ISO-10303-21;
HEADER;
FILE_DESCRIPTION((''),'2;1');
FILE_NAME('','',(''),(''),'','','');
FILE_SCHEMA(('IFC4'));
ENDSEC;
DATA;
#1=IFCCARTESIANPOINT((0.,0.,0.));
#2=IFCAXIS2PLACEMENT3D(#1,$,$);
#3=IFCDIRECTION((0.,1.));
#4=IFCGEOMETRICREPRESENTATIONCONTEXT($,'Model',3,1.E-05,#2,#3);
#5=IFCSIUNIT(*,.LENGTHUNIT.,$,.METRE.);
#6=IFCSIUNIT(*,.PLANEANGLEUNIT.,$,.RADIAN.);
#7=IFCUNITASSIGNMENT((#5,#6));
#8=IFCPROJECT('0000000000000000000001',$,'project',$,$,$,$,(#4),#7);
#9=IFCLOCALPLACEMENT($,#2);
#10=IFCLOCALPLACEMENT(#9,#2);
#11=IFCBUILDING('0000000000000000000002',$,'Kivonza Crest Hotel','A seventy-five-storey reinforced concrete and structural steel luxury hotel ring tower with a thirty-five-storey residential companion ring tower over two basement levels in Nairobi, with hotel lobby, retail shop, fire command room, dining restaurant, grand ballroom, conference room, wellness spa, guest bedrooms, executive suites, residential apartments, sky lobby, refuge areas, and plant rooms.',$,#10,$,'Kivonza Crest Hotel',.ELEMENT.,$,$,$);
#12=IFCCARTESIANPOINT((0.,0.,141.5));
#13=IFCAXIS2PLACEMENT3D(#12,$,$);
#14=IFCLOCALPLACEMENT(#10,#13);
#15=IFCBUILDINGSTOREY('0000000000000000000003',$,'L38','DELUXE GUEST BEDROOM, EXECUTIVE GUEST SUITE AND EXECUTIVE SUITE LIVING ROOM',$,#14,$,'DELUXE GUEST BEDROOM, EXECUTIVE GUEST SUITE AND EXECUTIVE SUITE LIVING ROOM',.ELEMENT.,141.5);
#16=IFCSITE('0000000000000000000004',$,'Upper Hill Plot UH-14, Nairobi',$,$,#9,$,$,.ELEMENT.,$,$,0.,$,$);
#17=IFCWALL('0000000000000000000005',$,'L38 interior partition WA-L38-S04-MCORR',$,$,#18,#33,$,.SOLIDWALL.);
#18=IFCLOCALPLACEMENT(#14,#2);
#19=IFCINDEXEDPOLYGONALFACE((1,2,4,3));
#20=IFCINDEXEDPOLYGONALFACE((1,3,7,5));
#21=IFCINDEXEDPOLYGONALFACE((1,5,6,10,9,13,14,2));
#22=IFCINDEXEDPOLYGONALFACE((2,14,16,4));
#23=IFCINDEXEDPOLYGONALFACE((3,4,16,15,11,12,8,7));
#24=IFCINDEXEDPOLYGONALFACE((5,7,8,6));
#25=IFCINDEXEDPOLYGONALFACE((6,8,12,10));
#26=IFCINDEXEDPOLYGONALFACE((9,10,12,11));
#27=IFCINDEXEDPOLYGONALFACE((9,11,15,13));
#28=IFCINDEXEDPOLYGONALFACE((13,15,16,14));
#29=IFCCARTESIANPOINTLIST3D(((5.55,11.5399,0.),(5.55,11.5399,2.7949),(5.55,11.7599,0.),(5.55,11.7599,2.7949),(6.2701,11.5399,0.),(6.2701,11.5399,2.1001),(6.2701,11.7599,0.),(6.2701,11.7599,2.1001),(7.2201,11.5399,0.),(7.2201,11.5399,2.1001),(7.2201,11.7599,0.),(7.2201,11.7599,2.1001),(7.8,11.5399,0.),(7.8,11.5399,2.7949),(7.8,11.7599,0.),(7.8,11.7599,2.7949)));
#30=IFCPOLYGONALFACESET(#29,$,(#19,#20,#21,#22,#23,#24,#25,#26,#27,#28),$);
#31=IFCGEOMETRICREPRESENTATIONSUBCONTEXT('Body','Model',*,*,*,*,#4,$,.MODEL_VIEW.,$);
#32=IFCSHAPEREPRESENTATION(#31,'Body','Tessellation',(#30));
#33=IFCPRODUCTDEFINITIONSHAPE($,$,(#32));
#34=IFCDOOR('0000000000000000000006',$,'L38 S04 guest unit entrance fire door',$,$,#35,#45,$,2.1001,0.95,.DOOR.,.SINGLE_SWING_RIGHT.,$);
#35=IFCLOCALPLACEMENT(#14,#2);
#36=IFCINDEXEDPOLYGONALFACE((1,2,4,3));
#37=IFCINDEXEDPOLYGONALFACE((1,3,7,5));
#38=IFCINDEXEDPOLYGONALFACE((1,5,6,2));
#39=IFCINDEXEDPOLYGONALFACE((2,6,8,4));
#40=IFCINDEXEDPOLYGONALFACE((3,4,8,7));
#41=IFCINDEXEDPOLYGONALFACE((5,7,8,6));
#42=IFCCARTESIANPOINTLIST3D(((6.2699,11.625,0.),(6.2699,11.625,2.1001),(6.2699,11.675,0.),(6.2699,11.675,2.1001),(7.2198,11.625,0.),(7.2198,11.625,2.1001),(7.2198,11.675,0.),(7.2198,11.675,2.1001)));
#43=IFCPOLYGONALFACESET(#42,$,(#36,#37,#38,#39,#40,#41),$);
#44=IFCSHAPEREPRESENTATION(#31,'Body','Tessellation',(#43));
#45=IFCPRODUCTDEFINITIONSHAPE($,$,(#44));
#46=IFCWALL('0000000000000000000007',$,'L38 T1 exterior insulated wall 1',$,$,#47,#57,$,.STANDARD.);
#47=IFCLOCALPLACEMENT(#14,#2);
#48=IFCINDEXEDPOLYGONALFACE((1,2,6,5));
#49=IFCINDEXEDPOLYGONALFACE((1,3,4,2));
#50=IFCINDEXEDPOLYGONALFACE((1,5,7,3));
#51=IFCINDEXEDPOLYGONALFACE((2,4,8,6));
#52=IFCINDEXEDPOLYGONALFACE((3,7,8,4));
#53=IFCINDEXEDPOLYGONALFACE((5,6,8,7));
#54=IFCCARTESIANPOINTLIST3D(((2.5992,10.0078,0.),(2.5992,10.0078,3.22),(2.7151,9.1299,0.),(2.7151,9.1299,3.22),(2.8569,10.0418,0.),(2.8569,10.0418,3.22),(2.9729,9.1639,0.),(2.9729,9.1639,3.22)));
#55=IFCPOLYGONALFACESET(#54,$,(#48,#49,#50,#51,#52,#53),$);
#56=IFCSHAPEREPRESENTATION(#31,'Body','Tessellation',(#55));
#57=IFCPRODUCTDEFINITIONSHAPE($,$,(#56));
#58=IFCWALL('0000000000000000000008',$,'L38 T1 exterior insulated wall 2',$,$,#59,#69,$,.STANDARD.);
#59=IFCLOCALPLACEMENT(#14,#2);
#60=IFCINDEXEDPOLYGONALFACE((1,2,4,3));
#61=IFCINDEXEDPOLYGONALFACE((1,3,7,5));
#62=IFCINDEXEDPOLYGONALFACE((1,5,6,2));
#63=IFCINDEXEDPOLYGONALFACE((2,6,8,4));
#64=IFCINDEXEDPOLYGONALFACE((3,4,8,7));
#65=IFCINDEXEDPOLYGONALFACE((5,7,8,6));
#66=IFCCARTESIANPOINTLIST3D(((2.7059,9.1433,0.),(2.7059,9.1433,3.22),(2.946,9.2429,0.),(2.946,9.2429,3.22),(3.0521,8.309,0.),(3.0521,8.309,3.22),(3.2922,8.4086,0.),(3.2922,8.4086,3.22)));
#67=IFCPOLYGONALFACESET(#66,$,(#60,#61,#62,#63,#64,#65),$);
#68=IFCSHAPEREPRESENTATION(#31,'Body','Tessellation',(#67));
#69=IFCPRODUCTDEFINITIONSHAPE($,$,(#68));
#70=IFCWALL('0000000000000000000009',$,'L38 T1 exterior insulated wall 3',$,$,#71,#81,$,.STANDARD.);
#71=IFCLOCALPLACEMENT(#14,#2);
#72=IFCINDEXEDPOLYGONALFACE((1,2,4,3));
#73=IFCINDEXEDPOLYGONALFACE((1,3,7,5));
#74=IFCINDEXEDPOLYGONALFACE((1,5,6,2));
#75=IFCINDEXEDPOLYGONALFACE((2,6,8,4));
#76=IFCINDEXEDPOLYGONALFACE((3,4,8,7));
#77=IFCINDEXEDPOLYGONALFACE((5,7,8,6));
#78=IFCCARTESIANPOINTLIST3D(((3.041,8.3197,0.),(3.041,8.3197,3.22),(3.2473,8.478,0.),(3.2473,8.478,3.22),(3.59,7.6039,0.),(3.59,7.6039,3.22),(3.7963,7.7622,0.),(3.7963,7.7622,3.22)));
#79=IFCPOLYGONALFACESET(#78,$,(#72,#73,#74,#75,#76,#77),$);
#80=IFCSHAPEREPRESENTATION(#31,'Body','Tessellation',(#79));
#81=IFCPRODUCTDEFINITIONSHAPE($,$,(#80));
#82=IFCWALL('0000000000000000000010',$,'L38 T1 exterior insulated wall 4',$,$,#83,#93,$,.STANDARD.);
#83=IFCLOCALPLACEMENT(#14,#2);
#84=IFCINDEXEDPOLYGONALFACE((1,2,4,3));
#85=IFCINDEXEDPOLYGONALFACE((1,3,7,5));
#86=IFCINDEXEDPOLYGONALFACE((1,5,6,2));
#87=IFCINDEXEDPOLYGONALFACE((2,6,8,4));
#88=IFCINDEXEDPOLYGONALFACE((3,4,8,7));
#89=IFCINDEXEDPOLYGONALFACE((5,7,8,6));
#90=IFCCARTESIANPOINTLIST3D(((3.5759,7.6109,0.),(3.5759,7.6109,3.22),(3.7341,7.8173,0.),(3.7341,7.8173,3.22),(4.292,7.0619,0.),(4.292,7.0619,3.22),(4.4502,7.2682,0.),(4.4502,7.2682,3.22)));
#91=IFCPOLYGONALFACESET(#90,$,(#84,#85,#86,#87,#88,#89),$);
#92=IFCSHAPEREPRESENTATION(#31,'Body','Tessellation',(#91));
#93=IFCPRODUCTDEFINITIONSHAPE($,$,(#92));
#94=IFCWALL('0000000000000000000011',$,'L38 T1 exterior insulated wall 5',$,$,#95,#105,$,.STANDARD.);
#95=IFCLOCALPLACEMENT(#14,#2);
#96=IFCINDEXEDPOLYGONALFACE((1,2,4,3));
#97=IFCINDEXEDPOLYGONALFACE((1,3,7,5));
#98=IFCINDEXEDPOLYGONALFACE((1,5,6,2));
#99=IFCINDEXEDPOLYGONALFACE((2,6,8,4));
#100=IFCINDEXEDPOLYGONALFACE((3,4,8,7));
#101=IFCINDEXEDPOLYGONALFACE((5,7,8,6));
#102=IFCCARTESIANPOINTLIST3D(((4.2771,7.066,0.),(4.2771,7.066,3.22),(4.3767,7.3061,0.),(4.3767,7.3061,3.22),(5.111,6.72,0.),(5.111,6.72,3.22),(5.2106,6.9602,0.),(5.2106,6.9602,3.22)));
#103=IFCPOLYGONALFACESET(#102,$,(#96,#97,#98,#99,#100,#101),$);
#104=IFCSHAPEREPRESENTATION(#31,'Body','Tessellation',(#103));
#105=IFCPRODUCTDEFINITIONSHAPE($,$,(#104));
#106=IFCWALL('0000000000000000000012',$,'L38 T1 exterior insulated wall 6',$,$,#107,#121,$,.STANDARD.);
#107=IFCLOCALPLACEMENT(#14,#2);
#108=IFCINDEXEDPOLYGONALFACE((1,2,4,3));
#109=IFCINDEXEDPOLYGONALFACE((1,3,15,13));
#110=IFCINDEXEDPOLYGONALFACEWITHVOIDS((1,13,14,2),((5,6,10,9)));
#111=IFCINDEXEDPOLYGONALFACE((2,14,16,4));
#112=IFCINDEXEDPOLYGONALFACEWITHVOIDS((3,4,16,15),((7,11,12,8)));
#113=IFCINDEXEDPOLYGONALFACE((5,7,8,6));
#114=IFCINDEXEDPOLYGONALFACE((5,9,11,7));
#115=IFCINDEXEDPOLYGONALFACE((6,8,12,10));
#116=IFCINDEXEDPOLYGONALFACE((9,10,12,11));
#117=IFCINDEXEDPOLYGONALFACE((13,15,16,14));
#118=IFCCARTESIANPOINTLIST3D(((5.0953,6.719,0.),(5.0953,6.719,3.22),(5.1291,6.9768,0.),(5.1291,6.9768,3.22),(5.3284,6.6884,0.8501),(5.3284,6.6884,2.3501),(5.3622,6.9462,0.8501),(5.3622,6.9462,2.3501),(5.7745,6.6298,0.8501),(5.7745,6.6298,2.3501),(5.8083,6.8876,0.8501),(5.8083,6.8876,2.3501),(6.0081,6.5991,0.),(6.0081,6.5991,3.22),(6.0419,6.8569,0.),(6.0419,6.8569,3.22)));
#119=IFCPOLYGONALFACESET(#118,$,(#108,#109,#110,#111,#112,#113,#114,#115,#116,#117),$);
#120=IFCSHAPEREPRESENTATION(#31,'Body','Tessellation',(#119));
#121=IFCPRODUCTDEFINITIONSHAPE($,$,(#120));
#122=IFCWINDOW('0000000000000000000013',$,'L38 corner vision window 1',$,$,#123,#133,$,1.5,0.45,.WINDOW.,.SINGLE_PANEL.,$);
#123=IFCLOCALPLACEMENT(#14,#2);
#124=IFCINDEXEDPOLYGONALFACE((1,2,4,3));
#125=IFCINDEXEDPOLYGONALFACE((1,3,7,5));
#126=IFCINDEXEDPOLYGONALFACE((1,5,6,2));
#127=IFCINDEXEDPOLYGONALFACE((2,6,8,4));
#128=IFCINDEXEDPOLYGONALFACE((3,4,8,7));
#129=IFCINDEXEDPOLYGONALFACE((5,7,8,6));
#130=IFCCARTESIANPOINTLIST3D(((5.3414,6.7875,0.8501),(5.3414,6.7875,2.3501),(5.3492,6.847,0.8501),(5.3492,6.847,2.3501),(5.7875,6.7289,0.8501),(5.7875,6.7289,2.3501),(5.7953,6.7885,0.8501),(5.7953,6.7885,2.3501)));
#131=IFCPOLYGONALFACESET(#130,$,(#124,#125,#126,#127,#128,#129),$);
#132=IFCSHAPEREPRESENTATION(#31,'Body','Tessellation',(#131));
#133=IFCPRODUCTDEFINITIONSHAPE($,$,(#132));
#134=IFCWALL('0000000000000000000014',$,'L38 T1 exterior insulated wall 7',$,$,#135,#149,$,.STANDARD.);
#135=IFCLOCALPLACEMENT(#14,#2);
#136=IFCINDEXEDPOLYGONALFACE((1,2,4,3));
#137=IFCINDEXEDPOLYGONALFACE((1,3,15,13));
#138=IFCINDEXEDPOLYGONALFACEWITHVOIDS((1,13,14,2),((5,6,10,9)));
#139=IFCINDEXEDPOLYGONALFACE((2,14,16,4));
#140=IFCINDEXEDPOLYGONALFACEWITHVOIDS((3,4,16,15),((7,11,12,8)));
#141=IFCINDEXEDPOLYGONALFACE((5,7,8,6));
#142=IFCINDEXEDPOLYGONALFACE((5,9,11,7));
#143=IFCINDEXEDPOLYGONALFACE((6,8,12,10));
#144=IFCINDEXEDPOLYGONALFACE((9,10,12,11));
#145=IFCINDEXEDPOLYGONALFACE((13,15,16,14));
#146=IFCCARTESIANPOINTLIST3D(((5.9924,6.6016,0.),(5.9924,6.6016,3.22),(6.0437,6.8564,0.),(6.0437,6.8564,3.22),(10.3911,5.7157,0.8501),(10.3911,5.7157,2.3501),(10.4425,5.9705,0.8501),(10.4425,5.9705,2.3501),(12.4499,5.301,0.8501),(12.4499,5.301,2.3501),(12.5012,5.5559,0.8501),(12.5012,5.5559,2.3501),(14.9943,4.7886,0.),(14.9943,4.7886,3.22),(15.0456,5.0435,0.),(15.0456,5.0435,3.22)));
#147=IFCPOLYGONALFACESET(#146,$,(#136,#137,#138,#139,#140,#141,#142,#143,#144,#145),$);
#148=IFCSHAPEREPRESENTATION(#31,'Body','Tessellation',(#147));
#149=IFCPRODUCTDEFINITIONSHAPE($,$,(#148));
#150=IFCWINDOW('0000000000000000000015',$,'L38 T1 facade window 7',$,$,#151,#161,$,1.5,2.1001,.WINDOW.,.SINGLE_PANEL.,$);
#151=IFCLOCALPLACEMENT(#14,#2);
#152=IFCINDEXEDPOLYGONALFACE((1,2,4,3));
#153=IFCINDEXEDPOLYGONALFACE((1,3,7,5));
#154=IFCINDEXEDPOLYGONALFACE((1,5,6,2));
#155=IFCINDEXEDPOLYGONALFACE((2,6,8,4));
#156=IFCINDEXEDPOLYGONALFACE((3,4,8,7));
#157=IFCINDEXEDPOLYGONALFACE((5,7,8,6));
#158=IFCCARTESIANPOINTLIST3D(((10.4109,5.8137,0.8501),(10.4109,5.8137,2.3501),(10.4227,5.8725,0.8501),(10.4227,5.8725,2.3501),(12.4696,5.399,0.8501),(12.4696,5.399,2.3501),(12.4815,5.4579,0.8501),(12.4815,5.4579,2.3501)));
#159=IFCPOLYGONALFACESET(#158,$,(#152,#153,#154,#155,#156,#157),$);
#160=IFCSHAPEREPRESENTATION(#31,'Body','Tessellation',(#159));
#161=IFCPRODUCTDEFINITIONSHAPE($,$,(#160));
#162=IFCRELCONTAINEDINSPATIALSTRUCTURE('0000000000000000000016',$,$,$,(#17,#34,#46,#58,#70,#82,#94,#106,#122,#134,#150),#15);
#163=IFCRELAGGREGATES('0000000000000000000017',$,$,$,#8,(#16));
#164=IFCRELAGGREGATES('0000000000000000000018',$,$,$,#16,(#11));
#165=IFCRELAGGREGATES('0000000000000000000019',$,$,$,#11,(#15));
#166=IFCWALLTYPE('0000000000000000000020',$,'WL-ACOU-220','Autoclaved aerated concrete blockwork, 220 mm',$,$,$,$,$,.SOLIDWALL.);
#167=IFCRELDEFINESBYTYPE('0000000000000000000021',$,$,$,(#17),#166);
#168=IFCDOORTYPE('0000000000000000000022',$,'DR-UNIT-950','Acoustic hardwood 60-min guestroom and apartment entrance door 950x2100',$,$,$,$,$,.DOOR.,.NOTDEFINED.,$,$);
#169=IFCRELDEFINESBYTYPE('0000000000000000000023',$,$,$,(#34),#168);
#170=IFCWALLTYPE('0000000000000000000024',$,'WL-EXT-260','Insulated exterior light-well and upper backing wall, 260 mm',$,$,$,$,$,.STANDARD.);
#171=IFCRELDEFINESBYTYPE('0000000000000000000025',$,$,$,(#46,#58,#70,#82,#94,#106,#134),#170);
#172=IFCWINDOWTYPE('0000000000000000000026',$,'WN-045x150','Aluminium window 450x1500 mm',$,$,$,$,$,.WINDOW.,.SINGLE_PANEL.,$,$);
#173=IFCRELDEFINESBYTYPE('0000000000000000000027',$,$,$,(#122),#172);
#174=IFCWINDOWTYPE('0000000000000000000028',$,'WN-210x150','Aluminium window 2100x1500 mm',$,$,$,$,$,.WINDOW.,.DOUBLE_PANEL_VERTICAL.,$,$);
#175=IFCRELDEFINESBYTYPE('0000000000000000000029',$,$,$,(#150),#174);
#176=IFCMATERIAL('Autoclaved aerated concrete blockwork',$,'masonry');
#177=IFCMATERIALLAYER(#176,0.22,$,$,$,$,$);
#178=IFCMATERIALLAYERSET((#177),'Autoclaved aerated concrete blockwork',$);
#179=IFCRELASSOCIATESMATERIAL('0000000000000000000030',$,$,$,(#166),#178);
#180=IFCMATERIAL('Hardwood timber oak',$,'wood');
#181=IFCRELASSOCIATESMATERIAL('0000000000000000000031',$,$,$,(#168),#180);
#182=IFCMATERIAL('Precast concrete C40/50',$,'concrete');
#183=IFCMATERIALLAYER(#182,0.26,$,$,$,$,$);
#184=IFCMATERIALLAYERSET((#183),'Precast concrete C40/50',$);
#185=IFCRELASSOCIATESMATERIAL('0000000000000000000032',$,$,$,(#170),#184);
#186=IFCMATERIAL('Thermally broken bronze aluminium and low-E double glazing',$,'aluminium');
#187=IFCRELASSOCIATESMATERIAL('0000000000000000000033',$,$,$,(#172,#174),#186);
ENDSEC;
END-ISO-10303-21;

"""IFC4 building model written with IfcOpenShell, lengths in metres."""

from ifc_helpers import new_model, si_unit, direction, frame, frame_2d, origin, place, context, subcontext, project, spatial, rectangle, extrude, material, layer, layer_set, type_object, element, fill, save


model = new_model("IFC4")

# Units and contexts
model_context = context("Model", 3, precision=1e-05, world=origin(), true_north=direction((0.0, 1.0)))
body_context = subcontext(model_context, "Body", "Model", "MODEL_VIEW")
ifc_project = project(units=[si_unit("LENGTHUNIT", "METRE"), si_unit("PLANEANGLEUNIT", "RADIAN")], contexts=[model_context])

# Site, building, storey
site_placement = place(None, origin())
site = spatial("IfcSite", under=ifc_project, at=site_placement, Name="Upper Hill Plot UH-14, Nairobi", CompositionType="ELEMENT", RefElevation=0.0)
building_placement = place(site_placement, origin())
building = spatial("IfcBuilding", under=site, at=building_placement, Name="Kivonza Crest Hotel", Description="A seventy-five-storey reinforced concrete and structural steel luxury hotel ring tower with a thirty-five-storey residential companion ring tower over two basement levels in Nairobi, with hotel lobby, retail shop, fire command room, dining restaurant, grand ballroom, conference room, wellness spa, guest bedrooms, executive suites, residential apartments, sky lobby, refuge areas, and plant rooms.", LongName="Kivonza Crest Hotel", CompositionType="ELEMENT")
storey_placement = place(building_placement, frame((0.0, 0.0, 141.5)))
storey = spatial("IfcBuildingStorey", under=building, at=storey_placement, Name="L38", Description="DELUXE GUEST BEDROOM, EXECUTIVE GUEST SUITE AND EXECUTIVE SUITE LIVING ROOM", LongName="DELUXE GUEST BEDROOM, EXECUTIVE GUEST SUITE AND EXECUTIVE SUITE LIVING ROOM", CompositionType="ELEMENT", Elevation=141.5)

# Shared definitions
ifc_material_1 = material(Name="Autoclaved aerated concrete blockwork", Category="masonry")
ifc_layer_1 = layer(ifc_material_1, 0.22)
ifc_layer_set_1 = layer_set([ifc_layer_1], Name="Autoclaved aerated concrete blockwork")
wall_type_1 = type_object("IfcWallType", Name="WL-ACOU-220", Description="Autoclaved aerated concrete blockwork, 220 mm", PredefinedType="SOLIDWALL", material=ifc_layer_set_1)

# Wall, opening, door
wall_1_placement = place(storey_placement, frame((5.55, 11.6499, 0.0), z_axis=(0.0, 0.0, 1.0), x_axis=(1.0, 0.0, 0.0)))
wall_1 = element("IfcWall", 1, at=wall_1_placement, inside=storey, type_object=wall_type_1, Name="L38 interior partition WA-L38-S04-MCORR", PredefinedType="SOLIDWALL", context=body_context, shape_type="SweptSolid", body=[
    extrude(rectangle(XDim=2.25, YDim=0.22, at=frame_2d((1.125, 0.0))), origin(), (0.0, 0.0, 1.0), 2.7949),
])
opening_1_placement = place(wall_1_placement, frame((0.72, 0.0, 0.0)))
opening_1 = element("IfcOpeningElement", 2, at=opening_1_placement, cuts=wall_1, PredefinedType="OPENING", context=body_context, shape_type="SweptSolid", body=[
    extrude(rectangle(XDim=0.95, YDim=2.1001, at=frame_2d((0.4751, 1.05))), frame((0.0, 0.1201, 0.0), z_axis=(0.0, -1.0, 0.0), x_axis=(1.0, 0.0, 0.0)), (0.0, 0.0, 1.0), 0.24),
])
ifc_material_2 = material(Name="Hardwood timber oak", Category="wood")
door_type_1 = type_object("IfcDoorType", Name="DR-UNIT-950", Description="Acoustic hardwood 60-min guestroom and apartment entrance door 950x2100", OperationType="NOTDEFINED", PredefinedType="DOOR", material=ifc_material_2)
door_1_placement = place(opening_1_placement, frame((0.95, 0.0, 0.0), z_axis=(0.0, 0.0, 1.0), x_axis=(-1.0, 0.0, 0.0)))
door_1 = element("IfcDoor", 3, at=door_1_placement, inside=storey, type_object=door_type_1, Name="L38 S04 guest unit entrance fire door", OperationType="SINGLE_SWING_RIGHT", OverallHeight=2.1001, OverallWidth=0.95, PredefinedType="DOOR", context=body_context, shape_type="SweptSolid", body=[
    extrude(rectangle(XDim=0.95, YDim=2.1001, at=frame_2d((0.4751, 1.05))), frame((0.0, 0.0249, 0.0), z_axis=(0.0, -1.0, 0.0), x_axis=(1.0, 0.0, 0.0)), (0.0, 0.0, 1.0), 0.05),
])
fill(opening_1, door_1)

# Walls
ifc_material_3 = material(Name="Precast concrete C40/50", Category="concrete")
ifc_layer_2 = layer(ifc_material_3, 0.26)
ifc_layer_set_2 = layer_set([ifc_layer_2], Name="Precast concrete C40/50")
wall_type_2 = type_object("IfcWallType", Name="WL-EXT-260", Description="Insulated exterior light-well and upper backing wall, 260 mm", PredefinedType="STANDARD", material=ifc_layer_set_2)
wall_2_placement = place(storey_placement, frame((2.728, 10.0249, 0.0), z_axis=(0.0, 0.0, 1.0), x_axis=(0.130954, -0.991388, 0.0)))
element("IfcWall", 4, at=wall_2_placement, inside=storey, type_object=wall_type_2, Name="L38 T1 exterior insulated wall 1", PredefinedType="STANDARD", context=body_context, shape_type="SweptSolid", body=[
    extrude(rectangle(XDim=0.8855, YDim=0.26, at=frame_2d((0.4429, 0.0))), origin(), (0.0, 0.0, 1.0), 3.22),
])
wall_3_placement = place(storey_placement, frame((2.8259, 9.1931, 0.0), z_axis=(0.0, 0.0, 1.0), x_axis=(0.383291, -0.923628, 0.0)))
element("IfcWall", 5, at=wall_3_placement, inside=storey, type_object=wall_type_2, Name="L38 T1 exterior insulated wall 2", PredefinedType="STANDARD", context=body_context, shape_type="SweptSolid", body=[
    extrude(rectangle(XDim=0.9033, YDim=0.26, at=frame_2d((0.4517, 0.0))), origin(), (0.0, 0.0, 1.0), 3.22),
])
wall_4_placement = place(storey_placement, frame((3.144, 8.3989, 0.0), z_axis=(0.0, 0.0, 1.0), x_axis=(0.608625, -0.793458, 0.0)))
element("IfcWall", 6, at=wall_4_placement, inside=storey, type_object=wall_type_2, Name="L38 T1 exterior insulated wall 3", PredefinedType="STANDARD", context=body_context, shape_type="SweptSolid", body=[
    extrude(rectangle(XDim=0.9021, YDim=0.26, at=frame_2d((0.4512, 0.0))), origin(), (0.0, 0.0, 1.0), 3.22),
])
wall_5_placement = place(storey_placement, frame((3.655, 7.7141, 0.0), z_axis=(0.0, 0.0, 1.0), x_axis=(0.793558, -0.608494, 0.0)))
element("IfcWall", 7, at=wall_5_placement, inside=storey, type_object=wall_type_2, Name="L38 T1 exterior insulated wall 4", PredefinedType="STANDARD", context=body_context, shape_type="SweptSolid", body=[
    extrude(rectangle(XDim=0.9023, YDim=0.26, at=frame_2d((0.4512, 0.0))), origin(), (0.0, 0.0, 1.0), 3.22),
])
wall_6_placement = place(storey_placement, frame((4.3269, 7.186, 0.0), z_axis=(0.0, 0.0, 1.0), x_axis=(0.923684, -0.383156, 0.0)))
element("IfcWall", 8, at=wall_6_placement, inside=storey, type_object=wall_type_2, Name="L38 T1 exterior insulated wall 5", PredefinedType="STANDARD", context=body_context, shape_type="SweptSolid", body=[
    extrude(rectangle(XDim=0.9028, YDim=0.26, at=frame_2d((0.4514, 0.0))), origin(), (0.0, 0.0, 1.0), 3.22),
])

# Walls, openings, windows
wall_7_placement = place(storey_placement, frame((5.1121, 6.8479, 0.0), z_axis=(0.0, 0.0, 1.0), x_axis=(0.991488, -0.130201, 0.0)))
wall_7 = element("IfcWall", 9, at=wall_7_placement, inside=storey, type_object=wall_type_2, Name="L38 T1 exterior insulated wall 6", PredefinedType="STANDARD", context=body_context, shape_type="SweptSolid", body=[
    extrude(rectangle(XDim=0.9207, YDim=0.26, at=frame_2d((0.4604, 0.0))), origin(), (0.0, 0.0, 1.0), 3.22),
])
opening_2_placement = place(wall_7_placement, frame((0.2351, 0.0, 0.8501)))
opening_2 = element("IfcOpeningElement", 10, at=opening_2_placement, cuts=wall_7, PredefinedType="OPENING", context=body_context, shape_type="SweptSolid", body=[
    extrude(rectangle(XDim=0.45, YDim=1.5, at=frame_2d((0.2251, 0.75))), frame((0.0, 0.1401, 0.0), z_axis=(0.0, -1.0, 0.0), x_axis=(1.0, 0.0, 0.0)), (0.0, 0.0, 1.0), 0.28),
])
ifc_material_4 = material(Name="Thermally broken bronze aluminium and low-E double glazing", Category="aluminium")
window_type_1 = type_object("IfcWindowType", Name="WN-045x150", Description="Aluminium window 450x1500 mm", PartitioningType="SINGLE_PANEL", PredefinedType="WINDOW", material=ifc_material_4)
window_1_placement = place(opening_2_placement, origin())
window_1 = element("IfcWindow", 11, at=window_1_placement, inside=storey, type_object=window_type_1, Name="L38 corner vision window 1", OverallHeight=1.5, OverallWidth=0.45, PartitioningType="SINGLE_PANEL", PredefinedType="WINDOW", context=body_context, shape_type="SweptSolid", body=[
    extrude(rectangle(XDim=0.45, YDim=1.5, at=frame_2d((0.2251, 0.75))), frame((0.0, 0.03, 0.0), z_axis=(0.0, -1.0, 0.0), x_axis=(1.0, 0.0, 0.0)), (0.0, 0.0, 1.0), 0.0601),
])
fill(opening_2, window_1)
wall_8_placement = place(storey_placement, frame((6.0181, 6.729, 0.0), z_axis=(0.0, 0.0, 1.0), x_axis=(0.980316, -0.197435, 0.0)))
wall_8 = element("IfcWall", 12, at=wall_8_placement, inside=storey, type_object=wall_type_2, Name="L38 T1 exterior insulated wall 7", PredefinedType="STANDARD", context=body_context, shape_type="SweptSolid", body=[
    extrude(rectangle(XDim=9.1826, YDim=0.26, at=frame_2d((4.5913, 0.0))), origin(), (0.0, 0.0, 1.0), 3.22),
])
opening_3_placement = place(wall_8_placement, frame((4.4871, 0.0, 0.8501)))
opening_3 = element("IfcOpeningElement", 13, at=opening_3_placement, cuts=wall_8, PredefinedType="OPENING", context=body_context, shape_type="SweptSolid", body=[
    extrude(rectangle(XDim=2.1001, YDim=1.5, at=frame_2d((1.05, 0.75))), frame((0.0, 0.1401, 0.0), z_axis=(0.0, -1.0, 0.0), x_axis=(1.0, 0.0, 0.0)), (0.0, 0.0, 1.0), 0.28),
])
window_type_2 = type_object("IfcWindowType", Name="WN-210x150", Description="Aluminium window 2100x1500 mm", PartitioningType="DOUBLE_PANEL_VERTICAL", PredefinedType="WINDOW", material=ifc_material_4)
window_2_placement = place(opening_3_placement, origin())
window_2 = element("IfcWindow", 14, at=window_2_placement, inside=storey, type_object=window_type_2, Name="L38 T1 facade window 7", OverallHeight=1.5, OverallWidth=2.1001, PartitioningType="SINGLE_PANEL", PredefinedType="WINDOW", context=body_context, shape_type="SweptSolid", body=[
    extrude(rectangle(XDim=2.1001, YDim=1.5, at=frame_2d((1.05, 0.75))), frame((0.0, 0.03, 0.0), z_axis=(0.0, -1.0, 0.0), x_axis=(1.0, 0.0, 0.0)), (0.0, 0.0, 1.0), 0.0601),
])
fill(opening_3, window_2)

save(model, "model.ifc")
